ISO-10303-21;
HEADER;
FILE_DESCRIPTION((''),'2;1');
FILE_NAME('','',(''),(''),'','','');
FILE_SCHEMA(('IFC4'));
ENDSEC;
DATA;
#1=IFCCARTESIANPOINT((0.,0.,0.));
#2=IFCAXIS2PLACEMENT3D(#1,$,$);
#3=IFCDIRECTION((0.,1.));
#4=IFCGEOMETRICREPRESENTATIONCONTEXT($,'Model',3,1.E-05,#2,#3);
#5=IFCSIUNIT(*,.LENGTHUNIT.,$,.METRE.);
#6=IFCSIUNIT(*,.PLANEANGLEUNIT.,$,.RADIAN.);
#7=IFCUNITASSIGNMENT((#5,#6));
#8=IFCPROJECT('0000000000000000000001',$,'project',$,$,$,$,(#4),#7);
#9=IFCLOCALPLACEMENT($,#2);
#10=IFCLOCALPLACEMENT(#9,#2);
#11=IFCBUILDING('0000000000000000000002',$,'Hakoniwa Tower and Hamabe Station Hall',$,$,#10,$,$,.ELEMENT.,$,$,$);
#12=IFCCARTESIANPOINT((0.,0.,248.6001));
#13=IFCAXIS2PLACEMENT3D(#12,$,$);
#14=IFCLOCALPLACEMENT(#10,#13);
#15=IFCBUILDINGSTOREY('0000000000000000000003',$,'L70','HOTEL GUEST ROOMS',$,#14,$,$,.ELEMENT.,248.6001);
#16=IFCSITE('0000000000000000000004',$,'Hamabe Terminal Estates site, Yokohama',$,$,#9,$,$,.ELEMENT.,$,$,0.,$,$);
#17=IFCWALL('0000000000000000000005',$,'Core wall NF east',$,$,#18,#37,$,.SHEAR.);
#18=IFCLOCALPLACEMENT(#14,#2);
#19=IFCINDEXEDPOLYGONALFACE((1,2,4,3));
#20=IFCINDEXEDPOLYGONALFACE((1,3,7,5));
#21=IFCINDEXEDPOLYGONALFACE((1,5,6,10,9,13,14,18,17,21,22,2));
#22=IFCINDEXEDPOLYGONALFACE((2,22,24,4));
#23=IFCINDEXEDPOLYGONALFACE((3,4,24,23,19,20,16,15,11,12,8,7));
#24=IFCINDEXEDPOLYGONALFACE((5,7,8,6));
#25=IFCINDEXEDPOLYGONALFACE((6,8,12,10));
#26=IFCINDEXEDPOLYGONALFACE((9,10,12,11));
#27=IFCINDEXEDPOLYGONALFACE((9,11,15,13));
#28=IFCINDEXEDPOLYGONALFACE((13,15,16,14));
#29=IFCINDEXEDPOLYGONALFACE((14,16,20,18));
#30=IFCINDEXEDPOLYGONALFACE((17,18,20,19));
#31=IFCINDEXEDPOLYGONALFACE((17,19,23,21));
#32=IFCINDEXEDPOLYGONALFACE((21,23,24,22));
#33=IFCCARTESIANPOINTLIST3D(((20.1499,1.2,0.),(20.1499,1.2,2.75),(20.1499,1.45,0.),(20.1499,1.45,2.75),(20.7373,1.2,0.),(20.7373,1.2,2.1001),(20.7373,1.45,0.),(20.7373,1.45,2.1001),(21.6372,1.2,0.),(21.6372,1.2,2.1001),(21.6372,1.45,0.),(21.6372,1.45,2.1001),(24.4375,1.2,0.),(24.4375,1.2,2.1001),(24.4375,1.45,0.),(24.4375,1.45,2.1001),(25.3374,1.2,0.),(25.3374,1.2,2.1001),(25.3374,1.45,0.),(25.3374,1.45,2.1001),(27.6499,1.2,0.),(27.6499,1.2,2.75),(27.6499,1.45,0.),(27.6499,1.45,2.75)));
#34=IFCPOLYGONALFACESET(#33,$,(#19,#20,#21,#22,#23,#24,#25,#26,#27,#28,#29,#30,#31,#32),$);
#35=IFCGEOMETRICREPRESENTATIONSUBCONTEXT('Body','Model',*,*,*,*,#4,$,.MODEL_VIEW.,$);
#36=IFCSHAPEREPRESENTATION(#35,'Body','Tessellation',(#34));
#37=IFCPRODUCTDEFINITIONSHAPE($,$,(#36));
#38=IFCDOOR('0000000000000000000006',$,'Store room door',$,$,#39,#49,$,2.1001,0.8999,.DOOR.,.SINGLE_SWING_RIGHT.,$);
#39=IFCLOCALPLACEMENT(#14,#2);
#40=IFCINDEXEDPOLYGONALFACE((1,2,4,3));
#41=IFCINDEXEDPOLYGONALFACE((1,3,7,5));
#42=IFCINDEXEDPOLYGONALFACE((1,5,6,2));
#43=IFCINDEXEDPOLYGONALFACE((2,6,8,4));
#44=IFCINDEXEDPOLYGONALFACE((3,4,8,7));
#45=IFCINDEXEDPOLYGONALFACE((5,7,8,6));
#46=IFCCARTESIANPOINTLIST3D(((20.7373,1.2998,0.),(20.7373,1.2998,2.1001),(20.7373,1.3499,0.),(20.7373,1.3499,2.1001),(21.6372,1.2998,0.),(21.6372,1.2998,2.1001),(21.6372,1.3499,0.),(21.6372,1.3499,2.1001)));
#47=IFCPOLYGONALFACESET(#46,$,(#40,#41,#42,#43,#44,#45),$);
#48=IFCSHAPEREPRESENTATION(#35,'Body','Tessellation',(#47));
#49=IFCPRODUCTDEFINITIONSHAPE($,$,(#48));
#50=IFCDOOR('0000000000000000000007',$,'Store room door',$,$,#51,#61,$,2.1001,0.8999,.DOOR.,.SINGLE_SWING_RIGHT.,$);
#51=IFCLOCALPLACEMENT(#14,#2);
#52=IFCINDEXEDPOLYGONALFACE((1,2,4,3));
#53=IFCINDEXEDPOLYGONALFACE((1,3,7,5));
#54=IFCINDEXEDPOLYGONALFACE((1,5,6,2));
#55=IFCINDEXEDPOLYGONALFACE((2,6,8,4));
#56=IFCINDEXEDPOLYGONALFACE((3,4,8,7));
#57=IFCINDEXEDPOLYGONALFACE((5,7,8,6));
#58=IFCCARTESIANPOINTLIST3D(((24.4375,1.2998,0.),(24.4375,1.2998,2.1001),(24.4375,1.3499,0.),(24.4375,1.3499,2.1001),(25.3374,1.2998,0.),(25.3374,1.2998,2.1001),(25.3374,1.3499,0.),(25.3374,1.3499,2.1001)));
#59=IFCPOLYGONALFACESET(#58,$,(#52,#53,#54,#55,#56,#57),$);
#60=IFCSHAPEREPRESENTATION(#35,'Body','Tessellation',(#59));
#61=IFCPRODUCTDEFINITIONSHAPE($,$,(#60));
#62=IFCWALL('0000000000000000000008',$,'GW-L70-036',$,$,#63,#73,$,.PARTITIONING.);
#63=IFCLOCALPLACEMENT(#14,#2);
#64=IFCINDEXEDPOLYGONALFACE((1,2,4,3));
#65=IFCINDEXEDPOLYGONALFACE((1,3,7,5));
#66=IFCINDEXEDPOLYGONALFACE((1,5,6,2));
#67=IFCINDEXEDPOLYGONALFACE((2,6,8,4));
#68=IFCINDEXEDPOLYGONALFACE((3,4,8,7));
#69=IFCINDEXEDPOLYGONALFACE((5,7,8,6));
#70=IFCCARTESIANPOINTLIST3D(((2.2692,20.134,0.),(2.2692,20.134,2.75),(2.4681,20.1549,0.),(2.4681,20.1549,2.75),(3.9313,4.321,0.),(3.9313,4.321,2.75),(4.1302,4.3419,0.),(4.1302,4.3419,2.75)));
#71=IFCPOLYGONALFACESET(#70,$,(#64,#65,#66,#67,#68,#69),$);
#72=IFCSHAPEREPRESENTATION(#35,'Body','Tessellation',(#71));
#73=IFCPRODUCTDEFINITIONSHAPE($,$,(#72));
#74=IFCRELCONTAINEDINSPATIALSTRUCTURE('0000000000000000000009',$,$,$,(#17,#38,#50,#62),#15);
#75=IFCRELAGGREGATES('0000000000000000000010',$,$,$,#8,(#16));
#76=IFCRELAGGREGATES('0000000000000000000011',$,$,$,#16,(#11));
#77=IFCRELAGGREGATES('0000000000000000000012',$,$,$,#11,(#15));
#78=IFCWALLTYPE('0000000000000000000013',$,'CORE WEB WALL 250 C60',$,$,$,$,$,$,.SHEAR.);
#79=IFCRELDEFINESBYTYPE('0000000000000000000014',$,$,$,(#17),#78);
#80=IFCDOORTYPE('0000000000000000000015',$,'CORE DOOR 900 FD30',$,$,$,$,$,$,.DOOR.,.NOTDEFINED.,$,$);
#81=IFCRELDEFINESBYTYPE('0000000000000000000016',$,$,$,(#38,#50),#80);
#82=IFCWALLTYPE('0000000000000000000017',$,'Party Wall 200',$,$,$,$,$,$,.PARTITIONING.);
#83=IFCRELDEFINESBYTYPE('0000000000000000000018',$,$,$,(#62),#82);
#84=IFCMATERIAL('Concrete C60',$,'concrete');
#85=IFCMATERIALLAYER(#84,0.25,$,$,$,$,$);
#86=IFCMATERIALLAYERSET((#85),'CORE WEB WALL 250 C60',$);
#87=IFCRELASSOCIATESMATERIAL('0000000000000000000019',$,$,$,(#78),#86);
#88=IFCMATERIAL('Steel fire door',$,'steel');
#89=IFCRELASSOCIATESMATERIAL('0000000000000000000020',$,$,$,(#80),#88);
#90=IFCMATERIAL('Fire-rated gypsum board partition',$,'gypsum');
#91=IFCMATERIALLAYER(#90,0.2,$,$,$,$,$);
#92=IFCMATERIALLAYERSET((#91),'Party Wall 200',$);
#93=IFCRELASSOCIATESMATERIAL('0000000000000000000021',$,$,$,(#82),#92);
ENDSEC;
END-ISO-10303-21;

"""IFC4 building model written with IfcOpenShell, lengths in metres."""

from ifc_helpers import new_model, si_unit, direction, frame, frame_2d, origin, place, context, subcontext, project, spatial, rectangle, extrude, material, layer, layer_set, type_object, element, fill, save


model = new_model("IFC4")

# Units and contexts
model_context = context("Model", 3, precision=1e-05, world=origin(), true_north=direction((0.0, 1.0)))
body_context = subcontext(model_context, "Body", "Model", "MODEL_VIEW")
ifc_project = project(units=[si_unit("LENGTHUNIT", "METRE"), si_unit("PLANEANGLEUNIT", "RADIAN")], contexts=[model_context])

# Site, building, storey
site_placement = place(None, origin())
site = spatial("IfcSite", under=ifc_project, at=site_placement, Name="Hamabe Terminal Estates site, Yokohama", CompositionType="ELEMENT", RefElevation=0.0)
building_placement = place(site_placement, origin())
building = spatial("IfcBuilding", under=site, at=building_placement, Name="Hakoniwa Tower and Hamabe Station Hall", CompositionType="ELEMENT")
storey_placement = place(building_placement, frame((0.0, 0.0, 248.6001)))
storey = spatial("IfcBuildingStorey", under=building, at=storey_placement, Name="L70", Description="HOTEL GUEST ROOMS", CompositionType="ELEMENT", Elevation=248.6001)

# Shared definitions
ifc_material_1 = material(Name="Concrete C60", Category="concrete")
ifc_layer_1 = layer(ifc_material_1, 0.25)
ifc_layer_set_1 = layer_set([ifc_layer_1], Name="CORE WEB WALL 250 C60")
wall_type_1 = type_object("IfcWallType", Name="CORE WEB WALL 250 C60", PredefinedType="SHEAR", material=ifc_layer_set_1)

# Wall, openings, doors
wall_1_placement = place(storey_placement, frame((20.1499, 1.325, 0.0), z_axis=(0.0, 0.0, 1.0), x_axis=(1.0, 0.0, 0.0)))
wall_1 = element("IfcWall", 1, at=wall_1_placement, inside=storey, type_object=wall_type_1, Name="Core wall NF east", PredefinedType="SHEAR", context=body_context, shape_type="SweptSolid", body=[
    extrude(rectangle(XDim=7.5, YDim=0.25, at=frame_2d((3.75, 0.0))), origin(), (0.0, 0.0, 1.0), 2.75),
])
opening_1_placement = place(wall_1_placement, frame((0.5874, 0.0, 0.0)))
opening_1 = element("IfcOpeningElement", 2, at=opening_1_placement, cuts=wall_1, PredefinedType="OPENING", context=body_context, shape_type="SweptSolid", body=[
    extrude(rectangle(XDim=0.8999, YDim=2.1001, at=frame_2d((0.45, 1.05))), frame((0.0, 0.135, 0.0), z_axis=(0.0, -1.0, 0.0), x_axis=(1.0, 0.0, 0.0)), (0.0, 0.0, 1.0), 0.27),
])
opening_2_placement = place(wall_1_placement, frame((4.2876, 0.0, 0.0)))
opening_2 = element("IfcOpeningElement", 3, at=opening_2_placement, cuts=wall_1, PredefinedType="OPENING", context=body_context, shape_type="SweptSolid", body=[
    extrude(rectangle(XDim=0.8999, YDim=2.1001, at=frame_2d((0.45, 1.05))), frame((0.0, 0.135, 0.0), z_axis=(0.0, -1.0, 0.0), x_axis=(1.0, 0.0, 0.0)), (0.0, 0.0, 1.0), 0.27),
])
ifc_material_2 = material(Name="Steel fire door", Category="steel")
door_type_1 = type_object("IfcDoorType", Name="CORE DOOR 900 FD30", OperationType="NOTDEFINED", PredefinedType="DOOR", material=ifc_material_2)
door_1_placement = place(opening_1_placement, origin())
door_1 = element("IfcDoor", 4, at=door_1_placement, inside=storey, type_object=door_type_1, Name="Store room door", OperationType="SINGLE_SWING_RIGHT", OverallHeight=2.1001, OverallWidth=0.8999, PredefinedType="DOOR", context=body_context, shape_type="SweptSolid", body=[
    extrude(rectangle(XDim=0.8999, YDim=2.1001, at=frame_2d((0.45, 1.05))), frame((0.0, 0.0249, 0.0), z_axis=(0.0, -1.0, 0.0), x_axis=(1.0, 0.0, 0.0)), (0.0, 0.0, 1.0), 0.05),
])
fill(opening_1, door_1)
door_2_placement = place(opening_2_placement, origin())
door_2 = element("IfcDoor", 5, at=door_2_placement, inside=storey, type_object=door_type_1, Name="Store room door", OperationType="SINGLE_SWING_RIGHT", OverallHeight=2.1001, OverallWidth=0.8999, PredefinedType="DOOR", context=body_context, shape_type="SweptSolid", body=[
    extrude(rectangle(XDim=0.8999, YDim=2.1001, at=frame_2d((0.45, 1.05))), frame((0.0, 0.0249, 0.0), z_axis=(0.0, -1.0, 0.0), x_axis=(1.0, 0.0, 0.0)), (0.0, 0.0, 1.0), 0.05),
])
fill(opening_2, door_2)

# Wall
ifc_material_3 = material(Name="Fire-rated gypsum board partition", Category="gypsum")
ifc_layer_2 = layer(ifc_material_3, 0.2)
ifc_layer_set_2 = layer_set([ifc_layer_2], Name="Party Wall 200")
wall_type_2 = type_object("IfcWallType", Name="Party Wall 200", PredefinedType="PARTITIONING", material=ifc_layer_set_2)
wall_2_placement = place(storey_placement, frame((4.0308, 4.3313, 0.0), z_axis=(0.0, 0.0, 1.0), x_axis=(-0.104535, 0.994521, 0.0)))
element("IfcWall", 6, at=wall_2_placement, inside=storey, type_object=wall_type_2, Name="GW-L70-036", PredefinedType="PARTITIONING", context=body_context, shape_type="SweptSolid", body=[
    extrude(rectangle(XDim=15.9001, YDim=0.2, at=frame_2d((7.9502, 0.0))), origin(), (0.0, 0.0, 1.0), 2.75),
])

save(model, "model.ifc")
